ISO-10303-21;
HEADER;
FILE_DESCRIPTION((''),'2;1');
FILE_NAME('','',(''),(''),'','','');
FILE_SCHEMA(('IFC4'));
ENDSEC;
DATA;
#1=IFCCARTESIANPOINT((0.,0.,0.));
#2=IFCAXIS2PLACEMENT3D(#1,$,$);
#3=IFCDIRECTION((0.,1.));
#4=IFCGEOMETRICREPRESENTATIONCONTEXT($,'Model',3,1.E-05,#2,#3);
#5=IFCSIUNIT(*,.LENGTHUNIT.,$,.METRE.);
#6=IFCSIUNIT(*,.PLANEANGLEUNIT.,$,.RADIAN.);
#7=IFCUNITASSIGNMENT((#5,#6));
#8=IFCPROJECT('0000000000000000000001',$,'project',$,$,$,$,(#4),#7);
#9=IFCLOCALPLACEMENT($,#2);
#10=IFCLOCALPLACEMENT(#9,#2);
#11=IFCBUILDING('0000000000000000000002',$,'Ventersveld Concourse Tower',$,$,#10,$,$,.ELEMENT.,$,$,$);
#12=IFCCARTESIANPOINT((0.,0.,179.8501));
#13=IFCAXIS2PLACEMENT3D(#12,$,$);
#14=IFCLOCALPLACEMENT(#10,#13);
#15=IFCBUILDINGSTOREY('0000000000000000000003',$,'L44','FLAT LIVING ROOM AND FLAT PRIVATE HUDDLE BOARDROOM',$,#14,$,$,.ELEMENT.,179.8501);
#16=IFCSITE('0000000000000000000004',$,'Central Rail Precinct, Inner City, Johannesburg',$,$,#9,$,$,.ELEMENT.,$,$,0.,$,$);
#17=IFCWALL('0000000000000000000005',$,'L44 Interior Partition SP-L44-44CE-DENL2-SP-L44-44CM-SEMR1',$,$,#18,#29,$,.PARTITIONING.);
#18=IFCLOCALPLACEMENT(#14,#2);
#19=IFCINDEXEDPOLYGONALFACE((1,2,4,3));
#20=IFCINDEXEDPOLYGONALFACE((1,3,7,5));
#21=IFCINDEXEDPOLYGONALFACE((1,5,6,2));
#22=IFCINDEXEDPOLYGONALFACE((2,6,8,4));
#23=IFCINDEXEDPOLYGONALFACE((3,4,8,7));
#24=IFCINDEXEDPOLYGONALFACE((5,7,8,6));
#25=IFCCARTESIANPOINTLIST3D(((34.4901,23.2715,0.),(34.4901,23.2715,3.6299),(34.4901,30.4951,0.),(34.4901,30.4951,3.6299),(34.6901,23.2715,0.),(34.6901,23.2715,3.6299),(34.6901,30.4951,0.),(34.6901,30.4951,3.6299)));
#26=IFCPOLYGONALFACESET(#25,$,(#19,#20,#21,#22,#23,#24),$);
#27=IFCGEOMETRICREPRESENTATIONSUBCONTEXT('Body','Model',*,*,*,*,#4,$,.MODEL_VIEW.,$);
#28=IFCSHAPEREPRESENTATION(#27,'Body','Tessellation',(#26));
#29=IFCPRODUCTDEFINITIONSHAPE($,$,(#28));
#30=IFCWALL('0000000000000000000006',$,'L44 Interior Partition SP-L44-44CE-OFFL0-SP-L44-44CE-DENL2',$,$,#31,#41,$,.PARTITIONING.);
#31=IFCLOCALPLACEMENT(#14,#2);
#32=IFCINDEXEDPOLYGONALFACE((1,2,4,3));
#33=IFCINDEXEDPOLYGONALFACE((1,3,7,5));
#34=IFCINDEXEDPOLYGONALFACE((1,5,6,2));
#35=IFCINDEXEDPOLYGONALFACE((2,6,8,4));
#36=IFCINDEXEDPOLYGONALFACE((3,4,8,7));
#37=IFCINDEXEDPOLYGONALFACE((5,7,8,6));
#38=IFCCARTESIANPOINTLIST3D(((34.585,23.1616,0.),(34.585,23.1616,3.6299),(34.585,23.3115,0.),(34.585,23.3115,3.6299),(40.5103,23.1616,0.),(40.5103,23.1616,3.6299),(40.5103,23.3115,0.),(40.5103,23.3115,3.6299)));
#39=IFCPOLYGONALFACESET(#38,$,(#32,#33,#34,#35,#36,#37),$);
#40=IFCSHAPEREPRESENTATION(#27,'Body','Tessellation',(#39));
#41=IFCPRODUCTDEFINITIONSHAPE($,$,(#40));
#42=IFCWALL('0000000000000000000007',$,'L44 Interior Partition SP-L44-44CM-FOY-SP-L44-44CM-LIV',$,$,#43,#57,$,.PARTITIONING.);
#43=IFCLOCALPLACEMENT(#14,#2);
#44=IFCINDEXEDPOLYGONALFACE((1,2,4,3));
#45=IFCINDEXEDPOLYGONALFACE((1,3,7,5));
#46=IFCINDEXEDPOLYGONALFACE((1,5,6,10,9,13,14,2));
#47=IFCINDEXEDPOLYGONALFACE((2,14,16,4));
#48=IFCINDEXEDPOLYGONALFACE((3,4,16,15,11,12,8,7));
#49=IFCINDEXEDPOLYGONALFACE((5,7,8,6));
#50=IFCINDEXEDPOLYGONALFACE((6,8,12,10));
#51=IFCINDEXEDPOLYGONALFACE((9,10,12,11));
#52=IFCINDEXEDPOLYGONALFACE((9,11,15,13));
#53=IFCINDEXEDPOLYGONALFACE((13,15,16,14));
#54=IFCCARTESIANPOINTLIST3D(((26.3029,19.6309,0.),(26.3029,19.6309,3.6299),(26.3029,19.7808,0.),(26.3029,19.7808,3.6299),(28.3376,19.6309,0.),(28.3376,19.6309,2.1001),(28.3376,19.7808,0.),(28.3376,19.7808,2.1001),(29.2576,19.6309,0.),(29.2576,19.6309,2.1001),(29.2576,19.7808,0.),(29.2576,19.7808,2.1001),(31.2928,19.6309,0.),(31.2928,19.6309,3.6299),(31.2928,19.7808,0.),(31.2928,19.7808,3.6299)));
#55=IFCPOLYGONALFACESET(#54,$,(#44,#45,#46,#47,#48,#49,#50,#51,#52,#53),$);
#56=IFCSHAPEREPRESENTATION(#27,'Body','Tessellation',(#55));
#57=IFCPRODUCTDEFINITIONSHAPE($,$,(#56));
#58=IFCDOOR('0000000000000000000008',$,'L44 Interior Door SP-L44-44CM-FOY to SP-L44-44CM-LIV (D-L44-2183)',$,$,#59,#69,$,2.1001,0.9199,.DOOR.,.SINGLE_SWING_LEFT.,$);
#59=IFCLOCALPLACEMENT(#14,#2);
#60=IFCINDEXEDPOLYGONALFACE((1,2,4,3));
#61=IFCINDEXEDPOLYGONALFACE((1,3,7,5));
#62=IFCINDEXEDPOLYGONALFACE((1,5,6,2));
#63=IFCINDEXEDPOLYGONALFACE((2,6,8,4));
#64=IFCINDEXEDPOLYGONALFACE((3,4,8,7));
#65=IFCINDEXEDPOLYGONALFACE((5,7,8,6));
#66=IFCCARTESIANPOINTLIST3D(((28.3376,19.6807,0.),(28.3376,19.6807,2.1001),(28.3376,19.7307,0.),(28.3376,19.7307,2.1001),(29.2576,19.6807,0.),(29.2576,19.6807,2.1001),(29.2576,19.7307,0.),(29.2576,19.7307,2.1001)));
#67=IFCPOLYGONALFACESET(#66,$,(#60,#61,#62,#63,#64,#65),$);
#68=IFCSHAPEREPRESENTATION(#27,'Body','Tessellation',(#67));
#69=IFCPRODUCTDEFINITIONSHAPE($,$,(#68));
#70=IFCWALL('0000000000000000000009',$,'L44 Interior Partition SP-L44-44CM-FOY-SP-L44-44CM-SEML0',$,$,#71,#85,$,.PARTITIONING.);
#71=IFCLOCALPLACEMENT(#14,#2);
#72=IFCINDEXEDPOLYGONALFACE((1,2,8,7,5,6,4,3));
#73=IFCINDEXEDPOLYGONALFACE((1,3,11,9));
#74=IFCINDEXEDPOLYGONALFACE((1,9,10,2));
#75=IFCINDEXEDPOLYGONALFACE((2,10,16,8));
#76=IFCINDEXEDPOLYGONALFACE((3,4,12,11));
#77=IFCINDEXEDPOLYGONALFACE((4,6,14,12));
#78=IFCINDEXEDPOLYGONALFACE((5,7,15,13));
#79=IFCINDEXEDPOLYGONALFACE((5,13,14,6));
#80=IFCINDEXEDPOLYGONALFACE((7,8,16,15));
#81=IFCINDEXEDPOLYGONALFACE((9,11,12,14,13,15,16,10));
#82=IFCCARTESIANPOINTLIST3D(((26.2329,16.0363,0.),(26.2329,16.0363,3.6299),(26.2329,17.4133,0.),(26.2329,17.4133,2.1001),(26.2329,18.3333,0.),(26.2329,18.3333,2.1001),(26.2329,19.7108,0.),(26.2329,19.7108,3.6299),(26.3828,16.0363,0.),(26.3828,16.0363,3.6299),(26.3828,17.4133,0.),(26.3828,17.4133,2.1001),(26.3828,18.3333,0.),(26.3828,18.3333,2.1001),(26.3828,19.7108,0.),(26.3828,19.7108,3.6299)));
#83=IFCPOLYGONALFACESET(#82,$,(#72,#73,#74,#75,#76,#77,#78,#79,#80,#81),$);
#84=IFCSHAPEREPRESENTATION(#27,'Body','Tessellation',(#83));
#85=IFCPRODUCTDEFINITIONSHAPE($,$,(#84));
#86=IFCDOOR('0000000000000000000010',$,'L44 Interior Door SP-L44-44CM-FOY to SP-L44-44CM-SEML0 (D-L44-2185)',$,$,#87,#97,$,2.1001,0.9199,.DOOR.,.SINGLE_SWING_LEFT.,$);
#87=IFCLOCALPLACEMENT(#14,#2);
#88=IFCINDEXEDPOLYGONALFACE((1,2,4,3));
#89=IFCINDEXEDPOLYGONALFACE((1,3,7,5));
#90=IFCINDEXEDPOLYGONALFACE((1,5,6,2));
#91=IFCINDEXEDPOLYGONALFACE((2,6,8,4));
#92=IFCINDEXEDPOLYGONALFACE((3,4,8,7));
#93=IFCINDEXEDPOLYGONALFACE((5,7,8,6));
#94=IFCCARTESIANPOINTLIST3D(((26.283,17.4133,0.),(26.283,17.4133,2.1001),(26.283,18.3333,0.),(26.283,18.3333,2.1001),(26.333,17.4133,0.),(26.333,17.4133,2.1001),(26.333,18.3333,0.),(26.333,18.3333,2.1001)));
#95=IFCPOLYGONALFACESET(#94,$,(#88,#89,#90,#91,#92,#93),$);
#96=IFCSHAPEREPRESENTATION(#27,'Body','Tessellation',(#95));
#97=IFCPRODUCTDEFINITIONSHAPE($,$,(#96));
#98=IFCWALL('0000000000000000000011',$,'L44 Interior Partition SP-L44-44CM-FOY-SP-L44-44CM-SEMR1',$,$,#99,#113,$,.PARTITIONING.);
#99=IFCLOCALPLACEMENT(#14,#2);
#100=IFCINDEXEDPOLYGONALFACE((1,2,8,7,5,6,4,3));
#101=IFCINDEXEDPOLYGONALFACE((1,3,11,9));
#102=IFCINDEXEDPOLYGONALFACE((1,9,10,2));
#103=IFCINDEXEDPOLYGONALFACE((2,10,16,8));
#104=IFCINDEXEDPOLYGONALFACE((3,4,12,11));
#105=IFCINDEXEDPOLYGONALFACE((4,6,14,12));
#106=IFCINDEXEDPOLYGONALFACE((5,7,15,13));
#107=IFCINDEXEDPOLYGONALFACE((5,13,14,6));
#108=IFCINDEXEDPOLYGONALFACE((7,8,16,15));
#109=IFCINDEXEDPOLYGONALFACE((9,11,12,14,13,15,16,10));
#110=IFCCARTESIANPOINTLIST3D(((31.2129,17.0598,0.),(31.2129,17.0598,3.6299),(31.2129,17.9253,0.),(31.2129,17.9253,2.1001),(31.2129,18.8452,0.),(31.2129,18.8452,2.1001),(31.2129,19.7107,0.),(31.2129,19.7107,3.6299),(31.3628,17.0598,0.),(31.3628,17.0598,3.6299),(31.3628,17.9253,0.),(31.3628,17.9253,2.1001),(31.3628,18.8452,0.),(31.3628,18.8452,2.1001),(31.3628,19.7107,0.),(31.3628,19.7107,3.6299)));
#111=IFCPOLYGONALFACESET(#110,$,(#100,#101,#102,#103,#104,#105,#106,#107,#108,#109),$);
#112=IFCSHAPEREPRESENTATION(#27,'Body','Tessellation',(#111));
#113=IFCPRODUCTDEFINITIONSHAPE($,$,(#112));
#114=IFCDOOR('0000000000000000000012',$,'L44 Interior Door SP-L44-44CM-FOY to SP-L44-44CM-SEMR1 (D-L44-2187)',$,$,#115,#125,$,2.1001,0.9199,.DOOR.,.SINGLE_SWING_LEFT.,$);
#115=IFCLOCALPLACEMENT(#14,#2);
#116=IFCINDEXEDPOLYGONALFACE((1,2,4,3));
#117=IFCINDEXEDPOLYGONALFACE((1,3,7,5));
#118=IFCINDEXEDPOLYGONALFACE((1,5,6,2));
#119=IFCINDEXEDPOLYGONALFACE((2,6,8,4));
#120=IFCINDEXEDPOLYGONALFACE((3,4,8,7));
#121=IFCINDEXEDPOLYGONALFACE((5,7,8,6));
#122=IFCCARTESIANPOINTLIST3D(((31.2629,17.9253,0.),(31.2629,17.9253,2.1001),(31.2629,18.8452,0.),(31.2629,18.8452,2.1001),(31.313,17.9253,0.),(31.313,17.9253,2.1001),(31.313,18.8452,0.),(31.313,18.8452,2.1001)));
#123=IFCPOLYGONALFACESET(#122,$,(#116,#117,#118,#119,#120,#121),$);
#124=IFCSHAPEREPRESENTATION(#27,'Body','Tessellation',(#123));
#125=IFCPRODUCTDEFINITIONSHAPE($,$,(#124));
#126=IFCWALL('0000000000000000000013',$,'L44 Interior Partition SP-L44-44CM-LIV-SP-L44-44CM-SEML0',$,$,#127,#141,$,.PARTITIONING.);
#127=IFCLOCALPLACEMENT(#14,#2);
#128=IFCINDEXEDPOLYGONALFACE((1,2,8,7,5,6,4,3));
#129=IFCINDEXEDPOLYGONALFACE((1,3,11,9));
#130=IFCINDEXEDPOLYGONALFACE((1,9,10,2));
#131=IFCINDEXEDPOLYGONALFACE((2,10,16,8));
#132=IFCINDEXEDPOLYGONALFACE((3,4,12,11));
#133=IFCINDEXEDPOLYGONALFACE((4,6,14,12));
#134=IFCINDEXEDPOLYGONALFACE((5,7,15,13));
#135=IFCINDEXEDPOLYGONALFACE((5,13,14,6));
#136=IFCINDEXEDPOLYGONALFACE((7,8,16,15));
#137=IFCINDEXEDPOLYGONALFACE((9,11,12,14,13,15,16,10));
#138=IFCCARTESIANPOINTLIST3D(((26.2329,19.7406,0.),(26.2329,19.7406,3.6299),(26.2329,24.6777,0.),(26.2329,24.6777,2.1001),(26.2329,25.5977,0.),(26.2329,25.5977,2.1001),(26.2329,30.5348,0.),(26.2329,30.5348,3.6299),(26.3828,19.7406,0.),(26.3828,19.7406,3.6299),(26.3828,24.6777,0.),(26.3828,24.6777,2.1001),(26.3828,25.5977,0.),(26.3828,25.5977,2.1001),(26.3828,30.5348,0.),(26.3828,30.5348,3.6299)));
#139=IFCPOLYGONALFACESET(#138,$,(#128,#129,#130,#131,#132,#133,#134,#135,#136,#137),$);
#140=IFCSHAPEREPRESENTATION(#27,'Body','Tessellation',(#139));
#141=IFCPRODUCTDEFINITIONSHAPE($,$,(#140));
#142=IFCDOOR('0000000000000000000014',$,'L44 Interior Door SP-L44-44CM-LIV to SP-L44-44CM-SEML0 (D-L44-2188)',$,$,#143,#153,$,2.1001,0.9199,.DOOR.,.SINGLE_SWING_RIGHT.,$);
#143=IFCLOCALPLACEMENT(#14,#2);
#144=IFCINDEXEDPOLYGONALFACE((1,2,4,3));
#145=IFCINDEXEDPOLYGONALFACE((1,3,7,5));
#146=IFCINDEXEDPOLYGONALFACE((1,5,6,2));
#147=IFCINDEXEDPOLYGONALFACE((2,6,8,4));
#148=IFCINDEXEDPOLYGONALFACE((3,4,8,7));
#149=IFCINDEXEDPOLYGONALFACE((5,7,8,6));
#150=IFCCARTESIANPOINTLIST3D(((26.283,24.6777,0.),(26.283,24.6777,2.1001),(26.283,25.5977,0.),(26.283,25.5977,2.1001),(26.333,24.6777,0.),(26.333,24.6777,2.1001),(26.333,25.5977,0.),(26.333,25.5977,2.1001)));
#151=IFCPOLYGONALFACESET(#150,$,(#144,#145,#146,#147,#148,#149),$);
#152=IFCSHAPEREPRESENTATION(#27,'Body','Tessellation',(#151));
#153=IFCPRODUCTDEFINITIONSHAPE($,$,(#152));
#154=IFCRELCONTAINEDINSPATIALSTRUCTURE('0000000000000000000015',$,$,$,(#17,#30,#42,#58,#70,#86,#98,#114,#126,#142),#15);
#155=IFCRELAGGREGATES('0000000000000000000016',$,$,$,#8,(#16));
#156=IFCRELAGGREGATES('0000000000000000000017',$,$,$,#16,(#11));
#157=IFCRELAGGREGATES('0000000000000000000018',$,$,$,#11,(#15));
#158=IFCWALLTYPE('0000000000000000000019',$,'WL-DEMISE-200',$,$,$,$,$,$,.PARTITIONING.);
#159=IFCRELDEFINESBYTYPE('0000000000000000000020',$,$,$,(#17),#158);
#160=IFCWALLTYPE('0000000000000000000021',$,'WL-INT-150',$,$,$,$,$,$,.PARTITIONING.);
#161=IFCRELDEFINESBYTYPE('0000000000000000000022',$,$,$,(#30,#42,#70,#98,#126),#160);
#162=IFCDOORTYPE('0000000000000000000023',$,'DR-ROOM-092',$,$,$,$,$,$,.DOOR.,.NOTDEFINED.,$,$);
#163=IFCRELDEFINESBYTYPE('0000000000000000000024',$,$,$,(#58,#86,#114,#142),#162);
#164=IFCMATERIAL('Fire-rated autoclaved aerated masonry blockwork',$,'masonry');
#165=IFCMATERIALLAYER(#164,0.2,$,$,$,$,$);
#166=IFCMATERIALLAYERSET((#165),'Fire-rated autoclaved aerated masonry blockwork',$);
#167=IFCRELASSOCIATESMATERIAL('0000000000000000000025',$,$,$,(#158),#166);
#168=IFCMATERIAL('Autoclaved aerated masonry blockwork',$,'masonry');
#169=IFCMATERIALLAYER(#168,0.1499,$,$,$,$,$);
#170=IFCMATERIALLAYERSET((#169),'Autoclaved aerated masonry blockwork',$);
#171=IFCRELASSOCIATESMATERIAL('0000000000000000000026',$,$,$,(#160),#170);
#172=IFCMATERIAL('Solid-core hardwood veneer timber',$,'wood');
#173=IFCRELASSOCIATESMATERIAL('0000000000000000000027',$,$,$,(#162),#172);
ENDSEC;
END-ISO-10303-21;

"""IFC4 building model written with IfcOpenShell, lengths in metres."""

from ifc_helpers import new_model, si_unit, direction, frame, frame_2d, origin, place, context, subcontext, project, spatial, rectangle, extrude, material, layer, layer_set, type_object, element, fill, save


model = new_model("IFC4")

# Units and contexts
model_context = context("Model", 3, precision=1e-05, world=origin(), true_north=direction((0.0, 1.0)))
body_context = subcontext(model_context, "Body", "Model", "MODEL_VIEW")
ifc_project = project(units=[si_unit("LENGTHUNIT", "METRE"), si_unit("PLANEANGLEUNIT", "RADIAN")], contexts=[model_context])

# Site, building, storey
site_placement = place(None, origin())
site = spatial("IfcSite", under=ifc_project, at=site_placement, Name="Central Rail Precinct, Inner City, Johannesburg", CompositionType="ELEMENT", RefElevation=0.0)
building_placement = place(site_placement, origin())
building = spatial("IfcBuilding", under=site, at=building_placement, Name="Ventersveld Concourse Tower", CompositionType="ELEMENT")
storey_placement = place(building_placement, frame((0.0, 0.0, 179.8501)))
storey = spatial("IfcBuildingStorey", under=building, at=storey_placement, Name="L44", Description="FLAT LIVING ROOM AND FLAT PRIVATE HUDDLE BOARDROOM", CompositionType="ELEMENT", Elevation=179.8501)

# Walls
ifc_material_1 = material(Name="Fire-rated autoclaved aerated masonry blockwork", Category="masonry")
ifc_layer_1 = layer(ifc_material_1, 0.2)
ifc_layer_set_1 = layer_set([ifc_layer_1], Name="Fire-rated autoclaved aerated masonry blockwork")
wall_type_1 = type_object("IfcWallType", Name="WL-DEMISE-200", PredefinedType="PARTITIONING", material=ifc_layer_set_1)
wall_1_placement = place(storey_placement, frame((34.5901, 23.2715, 0.0), z_axis=(0.0, 0.0, 1.0), x_axis=(0.0, 1.0, 0.0)))
element("IfcWall", 1, at=wall_1_placement, inside=storey, type_object=wall_type_1, Name="L44 Interior Partition SP-L44-44CE-DENL2-SP-L44-44CM-SEMR1", PredefinedType="PARTITIONING", context=body_context, shape_type="SweptSolid", body=[
    extrude(rectangle(XDim=7.2236, YDim=0.2, at=frame_2d((3.6118, 0.0))), origin(), (0.0, 0.0, 1.0), 3.6299),
])
ifc_material_2 = material(Name="Autoclaved aerated masonry blockwork", Category="masonry")
ifc_layer_2 = layer(ifc_material_2, 0.1499)
ifc_layer_set_2 = layer_set([ifc_layer_2], Name="Autoclaved aerated masonry blockwork")
wall_type_2 = type_object("IfcWallType", Name="WL-INT-150", PredefinedType="PARTITIONING", material=ifc_layer_set_2)
wall_2_placement = place(storey_placement, frame((34.585, 23.2366, 0.0), z_axis=(0.0, 0.0, 1.0), x_axis=(1.0, 0.0, 0.0)))
element("IfcWall", 2, at=wall_2_placement, inside=storey, type_object=wall_type_2, Name="L44 Interior Partition SP-L44-44CE-OFFL0-SP-L44-44CE-DENL2", PredefinedType="PARTITIONING", context=body_context, shape_type="SweptSolid", body=[
    extrude(rectangle(XDim=5.9253, YDim=0.1499, at=frame_2d((2.9626, 0.0))), origin(), (0.0, 0.0, 1.0), 3.6299),
])

# Walls, openings, doors
wall_3_placement = place(storey_placement, frame((26.3027, 19.7058, 0.0), z_axis=(0.0, 0.0, 1.0), x_axis=(1.0, 0.0, 0.0)))
wall_3 = element("IfcWall", 3, at=wall_3_placement, inside=storey, type_object=wall_type_2, Name="L44 Interior Partition SP-L44-44CM-FOY-SP-L44-44CM-LIV", PredefinedType="PARTITIONING", context=body_context, shape_type="SweptSolid", body=[
    extrude(rectangle(XDim=4.99, YDim=0.1499, at=frame_2d((2.4951, 0.0))), origin(), (0.0, 0.0, 1.0), 3.6299),
])
opening_1_placement = place(wall_3_placement, frame((2.0349, 0.0, 0.0)))
opening_1 = element("IfcOpeningElement", 4, at=opening_1_placement, cuts=wall_3, PredefinedType="OPENING", context=body_context, shape_type="SweptSolid", body=[
    extrude(rectangle(XDim=0.9199, YDim=2.1001, at=frame_2d((0.46, 1.05))), frame((0.0, 0.085, 0.0), z_axis=(0.0, -1.0, 0.0), x_axis=(1.0, 0.0, 0.0)), (0.0, 0.0, 1.0), 0.1699),
])
ifc_material_3 = material(Name="Solid-core hardwood veneer timber", Category="wood")
door_type = type_object("IfcDoorType", Name="DR-ROOM-092", OperationType="NOTDEFINED", PredefinedType="DOOR", material=ifc_material_3)
door_1_placement = place(opening_1_placement, origin())
door_1 = element("IfcDoor", 5, at=door_1_placement, inside=storey, type_object=door_type, Name="L44 Interior Door SP-L44-44CM-FOY to SP-L44-44CM-LIV (D-L44-2183)", OperationType="SINGLE_SWING_LEFT", OverallHeight=2.1001, OverallWidth=0.9199, PredefinedType="DOOR", context=body_context, shape_type="SweptSolid", body=[
    extrude(rectangle(XDim=0.9199, YDim=2.1001, at=frame_2d((0.46, 1.05))), frame((0.0, 0.0249, 0.0), z_axis=(0.0, -1.0, 0.0), x_axis=(1.0, 0.0, 0.0)), (0.0, 0.0, 1.0), 0.05),
])
fill(opening_1, door_1)
wall_4_placement = place(storey_placement, frame((26.3079, 16.0361, 0.0), z_axis=(0.0, 0.0, 1.0), x_axis=(0.0, 1.0, 0.0)))
wall_4 = element("IfcWall", 6, at=wall_4_placement, inside=storey, type_object=wall_type_2, Name="L44 Interior Partition SP-L44-44CM-FOY-SP-L44-44CM-SEML0", PredefinedType="PARTITIONING", context=body_context, shape_type="SweptSolid", body=[
    extrude(rectangle(XDim=3.6746, YDim=0.1499, at=frame_2d((1.8374, 0.0))), origin(), (0.0, 0.0, 1.0), 3.6299),
])
opening_2_placement = place(wall_4_placement, frame((1.3772, 0.0, 0.0)))
opening_2 = element("IfcOpeningElement", 7, at=opening_2_placement, cuts=wall_4, PredefinedType="OPENING", context=body_context, shape_type="SweptSolid", body=[
    extrude(rectangle(XDim=0.9199, YDim=2.1001, at=frame_2d((0.46, 1.05))), frame((0.0, 0.085, 0.0), z_axis=(0.0, -1.0, 0.0), x_axis=(1.0, 0.0, 0.0)), (0.0, 0.0, 1.0), 0.1699),
])
door_2_placement = place(opening_2_placement, origin())
door_2 = element("IfcDoor", 8, at=door_2_placement, inside=storey, type_object=door_type, Name="L44 Interior Door SP-L44-44CM-FOY to SP-L44-44CM-SEML0 (D-L44-2185)", OperationType="SINGLE_SWING_LEFT", OverallHeight=2.1001, OverallWidth=0.9199, PredefinedType="DOOR", context=body_context, shape_type="SweptSolid", body=[
    extrude(rectangle(XDim=0.9199, YDim=2.1001, at=frame_2d((0.46, 1.05))), frame((0.0, 0.0249, 0.0), z_axis=(0.0, -1.0, 0.0), x_axis=(1.0, 0.0, 0.0)), (0.0, 0.0, 1.0), 0.05),
])
fill(opening_2, door_2)
wall_5_placement = place(storey_placement, frame((31.2878, 17.0598, 0.0), z_axis=(0.0, 0.0, 1.0), x_axis=(0.0, 1.0, 0.0)))
wall_5 = element("IfcWall", 9, at=wall_5_placement, inside=storey, type_object=wall_type_2, Name="L44 Interior Partition SP-L44-44CM-FOY-SP-L44-44CM-SEMR1", PredefinedType="PARTITIONING", context=body_context, shape_type="SweptSolid", body=[
    extrude(rectangle(XDim=2.6509, YDim=0.1499, at=frame_2d((1.3254, 0.0))), origin(), (0.0, 0.0, 1.0), 3.6299),
])
opening_3_placement = place(wall_5_placement, frame((0.8655, 0.0, 0.0)))
opening_3 = element("IfcOpeningElement", 10, at=opening_3_placement, cuts=wall_5, PredefinedType="OPENING", context=body_context, shape_type="SweptSolid", body=[
    extrude(rectangle(XDim=0.9199, YDim=2.1001, at=frame_2d((0.46, 1.05))), frame((0.0, 0.085, 0.0), z_axis=(0.0, -1.0, 0.0), x_axis=(1.0, 0.0, 0.0)), (0.0, 0.0, 1.0), 0.1699),
])
door_3_placement = place(opening_3_placement, origin())
door_3 = element("IfcDoor", 11, at=door_3_placement, inside=storey, type_object=door_type, Name="L44 Interior Door SP-L44-44CM-FOY to SP-L44-44CM-SEMR1 (D-L44-2187)", OperationType="SINGLE_SWING_LEFT", OverallHeight=2.1001, OverallWidth=0.9199, PredefinedType="DOOR", context=body_context, shape_type="SweptSolid", body=[
    extrude(rectangle(XDim=0.9199, YDim=2.1001, at=frame_2d((0.46, 1.05))), frame((0.0, 0.0249, 0.0), z_axis=(0.0, -1.0, 0.0), x_axis=(1.0, 0.0, 0.0)), (0.0, 0.0, 1.0), 0.05),
])
fill(opening_3, door_3)
wall_6_placement = place(storey_placement, frame((26.3079, 19.7407, 0.0), z_axis=(0.0, 0.0, 1.0), x_axis=(0.0, 1.0, 0.0)))
wall_6 = element("IfcWall", 12, at=wall_6_placement, inside=storey, type_object=wall_type_2, Name="L44 Interior Partition SP-L44-44CM-LIV-SP-L44-44CM-SEML0", PredefinedType="PARTITIONING", context=body_context, shape_type="SweptSolid", body=[
    extrude(rectangle(XDim=10.7942, YDim=0.1499, at=frame_2d((5.397, 0.0))), origin(), (0.0, 0.0, 1.0), 3.6299),
])
opening_4_placement = place(wall_6_placement, frame((4.937, 0.0, 0.0)))
opening_4 = element("IfcOpeningElement", 13, at=opening_4_placement, cuts=wall_6, PredefinedType="OPENING", context=body_context, shape_type="SweptSolid", body=[
    extrude(rectangle(XDim=0.9199, YDim=2.1001, at=frame_2d((0.46, 1.05))), frame((0.0, 0.085, 0.0), z_axis=(0.0, -1.0, 0.0), x_axis=(1.0, 0.0, 0.0)), (0.0, 0.0, 1.0), 0.1699),
])
door_4_placement = place(opening_4_placement, origin())
door_4 = element("IfcDoor", 14, at=door_4_placement, inside=storey, type_object=door_type, Name="L44 Interior Door SP-L44-44CM-LIV to SP-L44-44CM-SEML0 (D-L44-2188)", OperationType="SINGLE_SWING_RIGHT", OverallHeight=2.1001, OverallWidth=0.9199, PredefinedType="DOOR", context=body_context, shape_type="SweptSolid", body=[
    extrude(rectangle(XDim=0.9199, YDim=2.1001, at=frame_2d((0.46, 1.05))), frame((0.0, 0.0249, 0.0), z_axis=(0.0, -1.0, 0.0), x_axis=(1.0, 0.0, 0.0)), (0.0, 0.0, 1.0), 0.05),
])
fill(opening_4, door_4)

save(model, "model.ifc")
